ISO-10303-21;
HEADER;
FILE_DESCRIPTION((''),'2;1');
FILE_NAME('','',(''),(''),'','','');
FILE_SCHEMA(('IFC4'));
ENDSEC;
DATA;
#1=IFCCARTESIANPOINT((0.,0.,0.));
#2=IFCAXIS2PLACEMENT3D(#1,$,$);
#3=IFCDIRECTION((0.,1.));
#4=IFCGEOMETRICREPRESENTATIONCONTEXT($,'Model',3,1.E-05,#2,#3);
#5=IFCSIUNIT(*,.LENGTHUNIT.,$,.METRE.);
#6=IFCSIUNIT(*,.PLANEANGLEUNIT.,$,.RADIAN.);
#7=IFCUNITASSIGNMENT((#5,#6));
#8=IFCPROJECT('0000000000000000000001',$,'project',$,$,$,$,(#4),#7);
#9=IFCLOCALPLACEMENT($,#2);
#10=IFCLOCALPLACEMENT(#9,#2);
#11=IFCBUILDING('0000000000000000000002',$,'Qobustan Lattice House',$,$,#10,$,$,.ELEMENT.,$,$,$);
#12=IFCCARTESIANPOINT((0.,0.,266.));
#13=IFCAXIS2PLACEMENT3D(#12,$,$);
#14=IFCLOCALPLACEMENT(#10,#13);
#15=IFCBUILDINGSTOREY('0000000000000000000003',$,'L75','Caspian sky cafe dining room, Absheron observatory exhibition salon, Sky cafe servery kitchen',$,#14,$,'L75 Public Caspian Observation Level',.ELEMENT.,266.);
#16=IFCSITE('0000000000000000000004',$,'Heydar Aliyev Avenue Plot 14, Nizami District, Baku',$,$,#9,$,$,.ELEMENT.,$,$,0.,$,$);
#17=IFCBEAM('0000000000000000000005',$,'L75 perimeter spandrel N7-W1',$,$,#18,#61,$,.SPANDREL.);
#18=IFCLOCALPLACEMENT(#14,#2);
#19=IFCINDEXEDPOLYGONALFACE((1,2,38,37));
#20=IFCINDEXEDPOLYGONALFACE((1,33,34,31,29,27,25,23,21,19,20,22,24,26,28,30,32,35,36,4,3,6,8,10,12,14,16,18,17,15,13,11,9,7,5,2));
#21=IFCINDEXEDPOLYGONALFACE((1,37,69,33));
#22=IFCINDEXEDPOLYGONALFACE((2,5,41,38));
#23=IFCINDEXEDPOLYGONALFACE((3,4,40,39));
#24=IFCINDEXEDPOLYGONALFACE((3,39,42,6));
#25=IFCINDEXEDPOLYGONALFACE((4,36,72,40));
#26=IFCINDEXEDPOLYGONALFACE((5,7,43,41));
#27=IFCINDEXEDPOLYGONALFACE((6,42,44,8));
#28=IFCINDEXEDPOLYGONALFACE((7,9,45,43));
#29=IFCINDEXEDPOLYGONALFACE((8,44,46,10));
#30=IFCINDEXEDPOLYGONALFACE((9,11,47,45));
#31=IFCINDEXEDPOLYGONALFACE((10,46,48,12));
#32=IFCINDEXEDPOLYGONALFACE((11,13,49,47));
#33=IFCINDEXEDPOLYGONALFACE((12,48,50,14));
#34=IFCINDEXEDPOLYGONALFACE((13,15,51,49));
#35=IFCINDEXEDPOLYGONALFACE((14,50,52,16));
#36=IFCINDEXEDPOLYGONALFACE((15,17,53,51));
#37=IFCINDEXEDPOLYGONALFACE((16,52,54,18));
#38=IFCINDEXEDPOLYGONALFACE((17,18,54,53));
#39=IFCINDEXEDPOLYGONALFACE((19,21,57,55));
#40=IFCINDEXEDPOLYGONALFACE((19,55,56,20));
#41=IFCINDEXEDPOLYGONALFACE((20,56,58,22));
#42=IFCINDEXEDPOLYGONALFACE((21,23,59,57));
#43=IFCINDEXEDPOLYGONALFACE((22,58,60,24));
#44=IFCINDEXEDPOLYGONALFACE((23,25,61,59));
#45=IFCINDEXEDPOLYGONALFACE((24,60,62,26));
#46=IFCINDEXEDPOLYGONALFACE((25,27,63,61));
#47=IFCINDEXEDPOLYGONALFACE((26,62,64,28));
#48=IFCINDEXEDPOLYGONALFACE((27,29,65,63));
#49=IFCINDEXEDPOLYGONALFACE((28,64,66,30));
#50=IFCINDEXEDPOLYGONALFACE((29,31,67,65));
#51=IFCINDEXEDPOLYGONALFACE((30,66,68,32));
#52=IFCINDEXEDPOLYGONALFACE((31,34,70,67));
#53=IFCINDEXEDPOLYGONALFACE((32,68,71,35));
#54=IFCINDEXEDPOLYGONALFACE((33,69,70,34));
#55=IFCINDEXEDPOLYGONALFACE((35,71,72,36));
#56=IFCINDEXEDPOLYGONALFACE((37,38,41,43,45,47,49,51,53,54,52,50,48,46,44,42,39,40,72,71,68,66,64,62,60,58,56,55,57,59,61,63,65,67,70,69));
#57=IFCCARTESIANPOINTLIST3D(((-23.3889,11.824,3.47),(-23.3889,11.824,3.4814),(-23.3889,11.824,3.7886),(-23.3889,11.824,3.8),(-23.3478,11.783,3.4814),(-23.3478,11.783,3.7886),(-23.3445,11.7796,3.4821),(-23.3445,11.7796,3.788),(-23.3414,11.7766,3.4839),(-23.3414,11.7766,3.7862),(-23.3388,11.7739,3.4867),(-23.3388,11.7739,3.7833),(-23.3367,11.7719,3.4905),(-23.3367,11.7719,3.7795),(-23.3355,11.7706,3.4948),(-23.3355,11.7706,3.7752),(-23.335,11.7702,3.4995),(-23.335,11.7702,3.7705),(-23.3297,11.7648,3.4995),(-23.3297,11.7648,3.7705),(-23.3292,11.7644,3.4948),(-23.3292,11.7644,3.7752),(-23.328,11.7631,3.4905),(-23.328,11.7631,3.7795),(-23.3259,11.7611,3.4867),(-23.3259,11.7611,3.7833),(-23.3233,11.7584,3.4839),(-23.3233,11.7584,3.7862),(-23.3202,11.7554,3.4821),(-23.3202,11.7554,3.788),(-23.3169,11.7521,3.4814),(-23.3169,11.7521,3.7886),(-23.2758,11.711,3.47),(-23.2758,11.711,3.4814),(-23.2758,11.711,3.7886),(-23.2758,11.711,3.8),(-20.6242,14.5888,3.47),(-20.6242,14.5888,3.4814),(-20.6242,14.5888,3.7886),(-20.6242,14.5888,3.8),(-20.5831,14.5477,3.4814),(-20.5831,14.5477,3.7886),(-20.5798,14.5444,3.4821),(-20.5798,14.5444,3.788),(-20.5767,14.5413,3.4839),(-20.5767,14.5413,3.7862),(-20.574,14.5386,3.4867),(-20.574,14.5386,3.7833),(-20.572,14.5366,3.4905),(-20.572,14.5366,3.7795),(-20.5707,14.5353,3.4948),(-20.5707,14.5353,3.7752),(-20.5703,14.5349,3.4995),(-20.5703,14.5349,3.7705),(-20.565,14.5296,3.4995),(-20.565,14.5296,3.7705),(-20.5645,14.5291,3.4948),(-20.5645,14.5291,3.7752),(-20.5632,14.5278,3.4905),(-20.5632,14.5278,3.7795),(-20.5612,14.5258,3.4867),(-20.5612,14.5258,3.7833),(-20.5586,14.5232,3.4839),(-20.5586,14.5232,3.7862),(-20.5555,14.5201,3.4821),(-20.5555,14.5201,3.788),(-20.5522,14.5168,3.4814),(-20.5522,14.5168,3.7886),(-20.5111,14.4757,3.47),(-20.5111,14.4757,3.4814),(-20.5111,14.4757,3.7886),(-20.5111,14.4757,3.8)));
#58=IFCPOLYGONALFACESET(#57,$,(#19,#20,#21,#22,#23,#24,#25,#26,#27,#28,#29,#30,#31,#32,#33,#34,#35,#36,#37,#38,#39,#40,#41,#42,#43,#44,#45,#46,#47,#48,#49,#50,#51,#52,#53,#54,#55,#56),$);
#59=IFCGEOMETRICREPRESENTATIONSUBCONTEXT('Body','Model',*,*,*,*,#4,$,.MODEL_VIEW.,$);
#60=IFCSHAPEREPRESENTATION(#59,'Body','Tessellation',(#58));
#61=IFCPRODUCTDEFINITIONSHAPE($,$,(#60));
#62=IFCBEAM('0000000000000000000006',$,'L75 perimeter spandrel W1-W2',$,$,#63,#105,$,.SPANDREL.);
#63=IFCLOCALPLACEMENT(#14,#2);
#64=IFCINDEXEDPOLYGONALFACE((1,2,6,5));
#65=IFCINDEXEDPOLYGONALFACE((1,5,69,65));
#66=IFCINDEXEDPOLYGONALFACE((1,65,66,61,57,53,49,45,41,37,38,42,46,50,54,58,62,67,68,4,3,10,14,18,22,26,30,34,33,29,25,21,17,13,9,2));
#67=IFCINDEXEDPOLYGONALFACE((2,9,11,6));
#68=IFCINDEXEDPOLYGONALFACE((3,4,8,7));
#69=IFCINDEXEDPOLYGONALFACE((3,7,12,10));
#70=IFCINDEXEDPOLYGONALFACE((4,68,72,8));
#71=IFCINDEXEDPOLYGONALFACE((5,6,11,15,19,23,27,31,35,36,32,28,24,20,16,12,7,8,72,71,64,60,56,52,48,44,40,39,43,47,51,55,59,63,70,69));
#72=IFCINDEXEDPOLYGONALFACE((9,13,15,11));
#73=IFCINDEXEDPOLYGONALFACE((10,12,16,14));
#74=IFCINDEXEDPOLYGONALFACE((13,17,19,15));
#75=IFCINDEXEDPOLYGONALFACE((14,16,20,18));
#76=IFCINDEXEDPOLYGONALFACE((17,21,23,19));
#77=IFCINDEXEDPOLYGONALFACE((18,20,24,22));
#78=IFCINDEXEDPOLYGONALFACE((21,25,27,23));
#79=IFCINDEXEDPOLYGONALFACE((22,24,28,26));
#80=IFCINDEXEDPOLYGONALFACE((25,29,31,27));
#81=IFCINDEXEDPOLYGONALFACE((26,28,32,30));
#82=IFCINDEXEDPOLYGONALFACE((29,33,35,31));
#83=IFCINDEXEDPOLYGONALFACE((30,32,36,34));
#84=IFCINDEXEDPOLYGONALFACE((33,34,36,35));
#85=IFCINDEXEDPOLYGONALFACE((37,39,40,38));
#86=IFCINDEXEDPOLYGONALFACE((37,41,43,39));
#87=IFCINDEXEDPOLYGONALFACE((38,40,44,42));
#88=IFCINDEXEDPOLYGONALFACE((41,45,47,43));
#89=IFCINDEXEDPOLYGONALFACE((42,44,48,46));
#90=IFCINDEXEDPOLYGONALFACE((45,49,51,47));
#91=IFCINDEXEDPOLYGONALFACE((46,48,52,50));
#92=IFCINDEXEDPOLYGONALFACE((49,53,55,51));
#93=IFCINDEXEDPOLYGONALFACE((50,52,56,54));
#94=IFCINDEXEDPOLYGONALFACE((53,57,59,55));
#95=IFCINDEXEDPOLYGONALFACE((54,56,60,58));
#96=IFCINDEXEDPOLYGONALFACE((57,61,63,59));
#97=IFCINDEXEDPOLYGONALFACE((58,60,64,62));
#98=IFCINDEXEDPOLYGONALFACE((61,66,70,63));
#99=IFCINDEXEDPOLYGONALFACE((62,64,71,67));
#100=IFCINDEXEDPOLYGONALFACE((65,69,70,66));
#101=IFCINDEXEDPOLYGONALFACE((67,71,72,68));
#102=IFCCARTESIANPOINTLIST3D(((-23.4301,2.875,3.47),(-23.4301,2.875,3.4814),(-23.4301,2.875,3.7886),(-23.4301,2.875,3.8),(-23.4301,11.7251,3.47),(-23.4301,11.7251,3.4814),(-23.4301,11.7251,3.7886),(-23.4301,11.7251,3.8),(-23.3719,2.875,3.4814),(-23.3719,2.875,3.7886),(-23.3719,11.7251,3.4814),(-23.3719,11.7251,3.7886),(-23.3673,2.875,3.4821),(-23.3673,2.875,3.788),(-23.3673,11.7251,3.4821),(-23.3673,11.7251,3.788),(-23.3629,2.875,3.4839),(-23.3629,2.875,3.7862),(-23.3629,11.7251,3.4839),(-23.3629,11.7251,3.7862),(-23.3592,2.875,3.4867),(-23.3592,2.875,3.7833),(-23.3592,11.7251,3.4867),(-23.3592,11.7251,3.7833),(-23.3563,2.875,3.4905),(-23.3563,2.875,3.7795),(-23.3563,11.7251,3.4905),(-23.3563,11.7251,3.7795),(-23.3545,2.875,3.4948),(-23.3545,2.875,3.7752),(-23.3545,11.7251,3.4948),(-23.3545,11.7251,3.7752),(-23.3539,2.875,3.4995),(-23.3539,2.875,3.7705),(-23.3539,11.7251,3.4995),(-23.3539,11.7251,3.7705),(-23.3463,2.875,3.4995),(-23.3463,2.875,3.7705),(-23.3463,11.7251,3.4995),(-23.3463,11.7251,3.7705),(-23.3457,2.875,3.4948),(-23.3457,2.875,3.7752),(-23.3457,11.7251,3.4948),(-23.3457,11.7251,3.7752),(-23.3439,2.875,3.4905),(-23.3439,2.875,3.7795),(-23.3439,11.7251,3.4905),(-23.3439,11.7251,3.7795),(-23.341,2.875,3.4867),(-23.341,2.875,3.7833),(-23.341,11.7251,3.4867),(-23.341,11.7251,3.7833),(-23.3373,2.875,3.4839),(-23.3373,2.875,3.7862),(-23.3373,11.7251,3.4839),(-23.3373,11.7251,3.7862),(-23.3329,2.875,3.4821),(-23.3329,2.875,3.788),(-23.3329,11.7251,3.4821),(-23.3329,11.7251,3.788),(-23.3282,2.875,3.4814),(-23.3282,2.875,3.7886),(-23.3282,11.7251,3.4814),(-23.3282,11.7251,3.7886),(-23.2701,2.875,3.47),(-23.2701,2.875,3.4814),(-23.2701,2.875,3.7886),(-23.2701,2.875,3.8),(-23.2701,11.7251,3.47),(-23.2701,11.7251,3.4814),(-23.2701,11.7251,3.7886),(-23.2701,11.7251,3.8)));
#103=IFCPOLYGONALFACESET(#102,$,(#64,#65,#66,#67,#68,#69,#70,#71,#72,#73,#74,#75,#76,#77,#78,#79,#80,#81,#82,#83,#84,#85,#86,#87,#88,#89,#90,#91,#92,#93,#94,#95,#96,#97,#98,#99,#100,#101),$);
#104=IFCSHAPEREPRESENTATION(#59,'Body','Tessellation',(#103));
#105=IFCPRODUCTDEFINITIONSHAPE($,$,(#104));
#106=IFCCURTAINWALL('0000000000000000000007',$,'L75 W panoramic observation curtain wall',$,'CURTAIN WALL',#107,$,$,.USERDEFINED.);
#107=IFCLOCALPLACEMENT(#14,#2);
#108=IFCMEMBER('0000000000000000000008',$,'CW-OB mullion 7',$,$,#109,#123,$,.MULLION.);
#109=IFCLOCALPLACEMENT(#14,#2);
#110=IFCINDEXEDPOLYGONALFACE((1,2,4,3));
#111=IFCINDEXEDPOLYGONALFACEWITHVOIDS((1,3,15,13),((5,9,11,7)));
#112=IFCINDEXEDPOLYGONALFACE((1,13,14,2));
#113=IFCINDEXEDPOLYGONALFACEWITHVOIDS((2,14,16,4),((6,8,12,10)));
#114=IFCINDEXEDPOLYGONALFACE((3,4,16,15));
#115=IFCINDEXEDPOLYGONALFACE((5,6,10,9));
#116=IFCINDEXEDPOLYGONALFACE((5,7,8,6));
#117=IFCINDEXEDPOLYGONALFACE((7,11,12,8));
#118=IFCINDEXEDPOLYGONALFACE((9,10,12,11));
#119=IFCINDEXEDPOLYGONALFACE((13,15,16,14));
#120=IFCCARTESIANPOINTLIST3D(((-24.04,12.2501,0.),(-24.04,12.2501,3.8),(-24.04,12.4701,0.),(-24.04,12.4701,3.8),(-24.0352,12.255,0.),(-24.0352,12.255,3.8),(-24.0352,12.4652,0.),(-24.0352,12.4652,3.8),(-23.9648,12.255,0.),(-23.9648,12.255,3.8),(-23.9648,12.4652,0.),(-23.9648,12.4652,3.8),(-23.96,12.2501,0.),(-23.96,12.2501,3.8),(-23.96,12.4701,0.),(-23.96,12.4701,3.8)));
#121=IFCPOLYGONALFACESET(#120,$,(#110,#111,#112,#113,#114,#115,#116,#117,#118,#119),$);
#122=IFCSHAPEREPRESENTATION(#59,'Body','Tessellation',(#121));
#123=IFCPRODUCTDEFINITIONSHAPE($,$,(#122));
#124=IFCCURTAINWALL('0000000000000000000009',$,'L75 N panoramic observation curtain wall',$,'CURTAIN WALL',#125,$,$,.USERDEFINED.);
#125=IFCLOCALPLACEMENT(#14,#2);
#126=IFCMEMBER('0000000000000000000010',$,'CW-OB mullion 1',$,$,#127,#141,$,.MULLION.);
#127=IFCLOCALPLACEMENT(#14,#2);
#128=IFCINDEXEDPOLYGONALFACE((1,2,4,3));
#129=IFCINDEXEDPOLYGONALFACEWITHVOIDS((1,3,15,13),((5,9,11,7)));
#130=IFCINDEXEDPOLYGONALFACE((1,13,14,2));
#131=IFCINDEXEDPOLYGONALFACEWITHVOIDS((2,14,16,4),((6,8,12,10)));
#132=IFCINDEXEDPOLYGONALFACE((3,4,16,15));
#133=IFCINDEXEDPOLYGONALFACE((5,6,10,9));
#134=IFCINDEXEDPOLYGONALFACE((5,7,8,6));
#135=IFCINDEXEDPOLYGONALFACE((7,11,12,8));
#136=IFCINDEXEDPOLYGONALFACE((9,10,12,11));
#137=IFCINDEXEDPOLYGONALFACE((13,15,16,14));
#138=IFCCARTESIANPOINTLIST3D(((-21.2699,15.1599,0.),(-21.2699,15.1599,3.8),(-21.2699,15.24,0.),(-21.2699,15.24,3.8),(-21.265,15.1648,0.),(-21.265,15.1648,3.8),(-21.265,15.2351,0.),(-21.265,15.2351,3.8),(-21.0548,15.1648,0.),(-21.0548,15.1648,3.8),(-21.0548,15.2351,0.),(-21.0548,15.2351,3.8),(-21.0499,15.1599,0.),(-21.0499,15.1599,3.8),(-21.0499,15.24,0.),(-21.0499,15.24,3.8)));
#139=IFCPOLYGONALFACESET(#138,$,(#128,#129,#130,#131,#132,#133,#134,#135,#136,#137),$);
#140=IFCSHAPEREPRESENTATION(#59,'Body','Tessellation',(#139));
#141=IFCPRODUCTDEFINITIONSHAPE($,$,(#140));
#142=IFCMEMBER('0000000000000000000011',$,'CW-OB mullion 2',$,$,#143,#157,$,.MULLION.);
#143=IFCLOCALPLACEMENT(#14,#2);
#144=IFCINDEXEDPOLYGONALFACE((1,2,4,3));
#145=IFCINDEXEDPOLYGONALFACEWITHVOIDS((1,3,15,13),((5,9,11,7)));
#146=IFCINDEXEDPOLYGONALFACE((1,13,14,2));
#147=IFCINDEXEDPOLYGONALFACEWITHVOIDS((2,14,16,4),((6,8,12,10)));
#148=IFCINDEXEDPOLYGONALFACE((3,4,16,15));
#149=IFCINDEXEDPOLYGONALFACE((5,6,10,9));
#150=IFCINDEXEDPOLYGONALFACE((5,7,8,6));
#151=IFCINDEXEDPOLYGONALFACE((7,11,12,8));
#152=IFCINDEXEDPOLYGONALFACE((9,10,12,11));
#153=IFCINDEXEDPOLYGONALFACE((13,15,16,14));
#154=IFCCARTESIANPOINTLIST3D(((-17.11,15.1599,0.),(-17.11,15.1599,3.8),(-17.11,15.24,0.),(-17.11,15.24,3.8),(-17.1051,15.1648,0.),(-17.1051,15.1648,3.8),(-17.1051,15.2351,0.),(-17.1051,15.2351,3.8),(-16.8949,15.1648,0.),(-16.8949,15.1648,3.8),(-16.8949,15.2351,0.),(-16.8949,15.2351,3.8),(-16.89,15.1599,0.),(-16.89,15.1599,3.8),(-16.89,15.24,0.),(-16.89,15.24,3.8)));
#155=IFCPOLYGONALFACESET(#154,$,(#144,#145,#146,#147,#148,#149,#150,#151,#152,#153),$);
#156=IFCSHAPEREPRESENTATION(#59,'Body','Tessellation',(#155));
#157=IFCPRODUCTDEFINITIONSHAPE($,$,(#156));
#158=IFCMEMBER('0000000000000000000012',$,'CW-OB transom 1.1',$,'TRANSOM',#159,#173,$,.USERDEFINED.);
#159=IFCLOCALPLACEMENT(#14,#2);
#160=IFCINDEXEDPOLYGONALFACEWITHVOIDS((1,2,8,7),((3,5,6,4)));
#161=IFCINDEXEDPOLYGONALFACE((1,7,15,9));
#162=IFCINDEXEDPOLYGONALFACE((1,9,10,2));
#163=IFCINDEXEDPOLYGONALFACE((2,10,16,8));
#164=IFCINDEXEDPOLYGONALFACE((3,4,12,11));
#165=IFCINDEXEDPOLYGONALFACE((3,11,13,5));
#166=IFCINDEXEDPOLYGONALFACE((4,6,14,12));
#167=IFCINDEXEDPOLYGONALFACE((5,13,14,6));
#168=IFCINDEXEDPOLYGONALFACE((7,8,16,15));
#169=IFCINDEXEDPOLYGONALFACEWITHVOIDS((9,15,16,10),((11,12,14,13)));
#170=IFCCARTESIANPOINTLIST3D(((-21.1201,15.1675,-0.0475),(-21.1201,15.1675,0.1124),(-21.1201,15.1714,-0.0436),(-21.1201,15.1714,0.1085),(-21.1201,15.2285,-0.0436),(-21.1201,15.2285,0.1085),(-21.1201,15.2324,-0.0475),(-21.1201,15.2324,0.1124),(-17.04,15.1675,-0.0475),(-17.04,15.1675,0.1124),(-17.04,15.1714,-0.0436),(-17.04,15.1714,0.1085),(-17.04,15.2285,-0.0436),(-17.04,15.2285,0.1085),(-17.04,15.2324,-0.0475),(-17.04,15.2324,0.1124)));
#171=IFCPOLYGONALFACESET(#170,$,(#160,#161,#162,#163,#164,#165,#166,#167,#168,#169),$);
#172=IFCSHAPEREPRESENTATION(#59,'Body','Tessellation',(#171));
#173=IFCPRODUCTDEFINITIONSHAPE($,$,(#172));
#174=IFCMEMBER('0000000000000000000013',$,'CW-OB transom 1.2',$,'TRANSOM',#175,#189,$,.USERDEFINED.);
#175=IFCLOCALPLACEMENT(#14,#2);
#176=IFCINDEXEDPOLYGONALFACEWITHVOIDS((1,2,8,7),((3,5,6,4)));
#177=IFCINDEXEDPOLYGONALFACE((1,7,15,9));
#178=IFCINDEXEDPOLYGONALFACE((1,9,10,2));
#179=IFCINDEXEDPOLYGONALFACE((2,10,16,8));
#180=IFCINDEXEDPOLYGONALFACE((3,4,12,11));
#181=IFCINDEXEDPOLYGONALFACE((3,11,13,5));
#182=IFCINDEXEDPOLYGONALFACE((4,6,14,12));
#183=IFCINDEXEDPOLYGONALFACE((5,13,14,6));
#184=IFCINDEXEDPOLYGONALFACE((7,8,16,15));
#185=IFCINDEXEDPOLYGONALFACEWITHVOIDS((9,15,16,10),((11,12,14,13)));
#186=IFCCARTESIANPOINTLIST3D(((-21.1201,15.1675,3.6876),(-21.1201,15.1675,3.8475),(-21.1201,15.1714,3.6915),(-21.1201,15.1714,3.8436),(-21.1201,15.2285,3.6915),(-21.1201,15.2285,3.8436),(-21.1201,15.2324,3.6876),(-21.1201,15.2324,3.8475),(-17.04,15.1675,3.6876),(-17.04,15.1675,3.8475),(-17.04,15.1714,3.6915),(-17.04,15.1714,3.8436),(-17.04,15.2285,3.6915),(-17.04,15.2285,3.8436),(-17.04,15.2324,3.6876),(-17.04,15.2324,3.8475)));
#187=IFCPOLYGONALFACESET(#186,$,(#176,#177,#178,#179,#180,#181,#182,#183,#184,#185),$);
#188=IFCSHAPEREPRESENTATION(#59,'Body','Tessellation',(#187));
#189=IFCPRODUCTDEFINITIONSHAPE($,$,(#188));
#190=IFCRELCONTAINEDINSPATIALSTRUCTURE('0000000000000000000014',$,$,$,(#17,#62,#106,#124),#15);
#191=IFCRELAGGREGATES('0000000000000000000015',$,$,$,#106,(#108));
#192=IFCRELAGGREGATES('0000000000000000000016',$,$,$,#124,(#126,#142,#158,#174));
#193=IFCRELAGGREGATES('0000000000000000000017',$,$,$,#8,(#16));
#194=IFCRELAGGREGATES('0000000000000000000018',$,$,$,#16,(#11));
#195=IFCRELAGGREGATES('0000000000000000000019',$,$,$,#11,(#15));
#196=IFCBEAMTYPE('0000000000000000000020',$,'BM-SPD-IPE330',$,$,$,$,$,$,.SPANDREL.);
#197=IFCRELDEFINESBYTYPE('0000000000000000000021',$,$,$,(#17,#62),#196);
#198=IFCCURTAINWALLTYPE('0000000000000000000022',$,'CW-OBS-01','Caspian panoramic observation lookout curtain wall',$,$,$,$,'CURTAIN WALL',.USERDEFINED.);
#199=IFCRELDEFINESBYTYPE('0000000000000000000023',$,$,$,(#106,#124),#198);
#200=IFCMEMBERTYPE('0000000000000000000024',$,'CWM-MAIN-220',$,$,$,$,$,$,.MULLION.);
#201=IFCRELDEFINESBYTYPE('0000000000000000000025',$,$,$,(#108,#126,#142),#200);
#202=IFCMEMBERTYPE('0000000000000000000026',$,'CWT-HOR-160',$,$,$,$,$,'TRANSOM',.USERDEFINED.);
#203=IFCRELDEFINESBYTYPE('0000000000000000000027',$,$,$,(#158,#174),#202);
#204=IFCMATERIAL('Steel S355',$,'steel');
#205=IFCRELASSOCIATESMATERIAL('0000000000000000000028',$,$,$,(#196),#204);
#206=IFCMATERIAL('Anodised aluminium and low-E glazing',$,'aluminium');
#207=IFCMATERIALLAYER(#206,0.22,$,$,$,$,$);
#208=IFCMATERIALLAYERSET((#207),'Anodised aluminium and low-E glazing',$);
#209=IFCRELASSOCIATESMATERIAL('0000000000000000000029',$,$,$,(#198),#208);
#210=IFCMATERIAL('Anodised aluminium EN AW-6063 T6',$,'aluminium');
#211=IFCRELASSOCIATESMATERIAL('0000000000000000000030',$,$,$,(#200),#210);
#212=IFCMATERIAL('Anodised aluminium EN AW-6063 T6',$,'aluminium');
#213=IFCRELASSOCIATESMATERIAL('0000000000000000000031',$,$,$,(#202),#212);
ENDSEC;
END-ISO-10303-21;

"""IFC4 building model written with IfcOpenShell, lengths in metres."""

from ifc_helpers import new_model, si_unit, direction, frame, origin, origin_2d, place, context, subcontext, project, spatial, hollow_rectangle, i_section, extrude, material, layer, layer_set, material_profile, profile_set, type_object, element, aggregate, save


model = new_model("IFC4")

# Units and contexts
model_context = context("Model", 3, precision=1e-05, world=origin(), true_north=direction((0.0, 1.0)))
body_context = subcontext(model_context, "Body", "Model", "MODEL_VIEW")
ifc_project = project(units=[si_unit("LENGTHUNIT", "METRE"), si_unit("PLANEANGLEUNIT", "RADIAN")], contexts=[model_context])

# Site, building, storey
site_placement = place(None, origin())
site = spatial("IfcSite", under=ifc_project, at=site_placement, Name="Heydar Aliyev Avenue Plot 14, Nizami District, Baku", CompositionType="ELEMENT", RefElevation=0.0)
building_placement = place(site_placement, origin())
building = spatial("IfcBuilding", under=site, at=building_placement, Name="Qobustan Lattice House", CompositionType="ELEMENT")
storey_placement = place(building_placement, frame((0.0, 0.0, 266.0)))
storey = spatial("IfcBuildingStorey", under=building, at=storey_placement, Name="L75", Description="Caspian sky cafe dining room, Absheron observatory exhibition salon, Sky cafe servery kitchen", LongName="L75 Public Caspian Observation Level", CompositionType="ELEMENT", Elevation=266.0)

# Beams
ifc_material_1 = material(Name="Steel S355", Category="steel")
ifc_material_profile_1 = material_profile(ifc_material_1, i_section(OverallWidth=0.1599, OverallDepth=0.3301, WebThickness=0.0076, FlangeThickness=0.0115, FilletRadius=0.0181, at=origin_2d()), Name="IPE330")
ifc_profile_set_1 = profile_set([ifc_material_profile_1], Name="Steel S355")
beam_type_1 = type_object("IfcBeamType", Name="BM-SPD-IPE330", PredefinedType="SPANDREL", material=ifc_profile_set_1)
beam_1_placement = place(storey_placement, frame((-20.5676, 14.5322, 3.635), z_axis=(-0.707107, -0.707107, 0.0), x_axis=(0.707107, -0.707107, 0.0)))
element("IfcBeam", 1, at=beam_1_placement, inside=storey, type_object=beam_type_1, Name="L75 perimeter spandrel N7-W1", PredefinedType="SPANDREL", context=body_context, shape_type="SweptSolid", body=[
    extrude(i_section(OverallWidth=0.1599, OverallDepth=0.3301, WebThickness=0.0076, FlangeThickness=0.0115, FilletRadius=0.0181, at=origin_2d()), origin(), (0.0, 0.0, 1.0), 3.9099),
])
beam_2_placement = place(storey_placement, frame((-23.3501, 11.7251, 3.635), z_axis=(0.0, -1.0, 0.0), x_axis=(1.0, 0.0, 0.0)))
element("IfcBeam", 2, at=beam_2_placement, inside=storey, type_object=beam_type_1, Name="L75 perimeter spandrel W1-W2", PredefinedType="SPANDREL", context=body_context, shape_type="SweptSolid", body=[
    extrude(i_section(OverallWidth=0.1599, OverallDepth=0.3301, WebThickness=0.0076, FlangeThickness=0.0115, FilletRadius=0.0181, at=origin_2d()), origin(), (0.0, 0.0, 1.0), 8.8501),
])

# Curtain wall, member
ifc_material_2 = material(Name="Anodised aluminium and low-E glazing", Category="aluminium")
ifc_layer_1 = layer(ifc_material_2, 0.22)
ifc_layer_set_1 = layer_set([ifc_layer_1], Name="Anodised aluminium and low-E glazing")
curtain_wall_type = type_object("IfcCurtainWallType", Name="CW-OBS-01", Description="Caspian panoramic observation lookout curtain wall", ElementType="CURTAIN WALL", PredefinedType="USERDEFINED", material=ifc_layer_set_1)
curtain_wall_1_placement = place(storey_placement, origin())
curtain_wall_1 = element("IfcCurtainWall", 3, at=curtain_wall_1_placement, inside=storey, type_object=curtain_wall_type, Name="L75 W panoramic observation curtain wall", ObjectType="CURTAIN WALL", PredefinedType="USERDEFINED")
ifc_material_3 = material(Name="Anodised aluminium EN AW-6063 T6", Category="aluminium")
ifc_material_profile_2 = material_profile(ifc_material_3, hollow_rectangle(XDim=0.0801, YDim=0.22, WallThickness=0.0049, at=origin_2d()), Name="CWM-220x80")
ifc_profile_set_2 = profile_set([ifc_material_profile_2], Name="Anodised aluminium EN AW-6063 T6")
member_type_1 = type_object("IfcMemberType", Name="CWM-MAIN-220", PredefinedType="MULLION", material=ifc_profile_set_2)
member_1_placement = place(storey_placement, frame((-24.0, 12.3601, 0.0), z_axis=(0.0, 0.0, 1.0), x_axis=(-1.0, 0.0, 0.0)))
member_1 = element("IfcMember", 4, at=member_1_placement, type_object=member_type_1, Name="CW-OB mullion 7", PredefinedType="MULLION", context=body_context, shape_type="SweptSolid", body=[
    extrude(hollow_rectangle(XDim=0.0801, YDim=0.22, WallThickness=0.0049, at=origin_2d()), origin(), (0.0, 0.0, 1.0), 3.8),
])
aggregate(curtain_wall_1, [member_1])

# Curtain wall, members
curtain_wall_2_placement = place(storey_placement, origin())
curtain_wall_2 = element("IfcCurtainWall", 5, at=curtain_wall_2_placement, inside=storey, type_object=curtain_wall_type, Name="L75 N panoramic observation curtain wall", ObjectType="CURTAIN WALL", PredefinedType="USERDEFINED")
member_2_placement = place(storey_placement, frame((-21.1599, 15.2, 0.0), z_axis=(0.0, 0.0, 1.0), x_axis=(0.0, 1.0, 0.0)))
member_2 = element("IfcMember", 6, at=member_2_placement, type_object=member_type_1, Name="CW-OB mullion 1", PredefinedType="MULLION", context=body_context, shape_type="SweptSolid", body=[
    extrude(hollow_rectangle(XDim=0.0801, YDim=0.22, WallThickness=0.0049, at=origin_2d()), origin(), (0.0, 0.0, 1.0), 3.8),
])
member_3_placement = place(storey_placement, frame((-17.0, 15.2, 0.0), z_axis=(0.0, 0.0, 1.0), x_axis=(0.0, 1.0, 0.0)))
member_3 = element("IfcMember", 7, at=member_3_placement, type_object=member_type_1, Name="CW-OB mullion 2", PredefinedType="MULLION", context=body_context, shape_type="SweptSolid", body=[
    extrude(hollow_rectangle(XDim=0.0801, YDim=0.22, WallThickness=0.0049, at=origin_2d()), origin(), (0.0, 0.0, 1.0), 3.8),
])
ifc_material_4 = material(Name="Anodised aluminium EN AW-6063 T6", Category="aluminium")
ifc_material_profile_3 = material_profile(ifc_material_4, hollow_rectangle(XDim=0.0649, YDim=0.1599, WallThickness=0.0039, at=origin_2d()), Name="CWT-160x65")
ifc_profile_set_3 = profile_set([ifc_material_profile_3], Name="Anodised aluminium EN AW-6063 T6")
member_type_2 = type_object("IfcMemberType", Name="CWT-HOR-160", ElementType="TRANSOM", PredefinedType="USERDEFINED", material=ifc_profile_set_3)
member_4_placement = place(storey_placement, frame((-21.1201, 15.2, 0.0325), z_axis=(1.0, 0.0, 0.0), x_axis=(0.0, 1.0, 0.0)))
member_4 = element("IfcMember", 8, at=member_4_placement, type_object=member_type_2, Name="CW-OB transom 1.1", ObjectType="TRANSOM", PredefinedType="USERDEFINED", context=body_context, shape_type="SweptSolid", body=[
    extrude(hollow_rectangle(XDim=0.0649, YDim=0.1599, WallThickness=0.0039, at=origin_2d()), origin(), (0.0, 0.0, 1.0), 4.0801),
])
member_5_placement = place(storey_placement, frame((-21.1201, 15.2, 3.7676), z_axis=(1.0, 0.0, 0.0), x_axis=(0.0, 1.0, 0.0)))
member_5 = element("IfcMember", 9, at=member_5_placement, type_object=member_type_2, Name="CW-OB transom 1.2", ObjectType="TRANSOM", PredefinedType="USERDEFINED", context=body_context, shape_type="SweptSolid", body=[
    extrude(hollow_rectangle(XDim=0.0649, YDim=0.1599, WallThickness=0.0039, at=origin_2d()), origin(), (0.0, 0.0, 1.0), 4.0801),
])
aggregate(curtain_wall_2, [member_2, member_3, member_4, member_5])

save(model, "model.ifc")
